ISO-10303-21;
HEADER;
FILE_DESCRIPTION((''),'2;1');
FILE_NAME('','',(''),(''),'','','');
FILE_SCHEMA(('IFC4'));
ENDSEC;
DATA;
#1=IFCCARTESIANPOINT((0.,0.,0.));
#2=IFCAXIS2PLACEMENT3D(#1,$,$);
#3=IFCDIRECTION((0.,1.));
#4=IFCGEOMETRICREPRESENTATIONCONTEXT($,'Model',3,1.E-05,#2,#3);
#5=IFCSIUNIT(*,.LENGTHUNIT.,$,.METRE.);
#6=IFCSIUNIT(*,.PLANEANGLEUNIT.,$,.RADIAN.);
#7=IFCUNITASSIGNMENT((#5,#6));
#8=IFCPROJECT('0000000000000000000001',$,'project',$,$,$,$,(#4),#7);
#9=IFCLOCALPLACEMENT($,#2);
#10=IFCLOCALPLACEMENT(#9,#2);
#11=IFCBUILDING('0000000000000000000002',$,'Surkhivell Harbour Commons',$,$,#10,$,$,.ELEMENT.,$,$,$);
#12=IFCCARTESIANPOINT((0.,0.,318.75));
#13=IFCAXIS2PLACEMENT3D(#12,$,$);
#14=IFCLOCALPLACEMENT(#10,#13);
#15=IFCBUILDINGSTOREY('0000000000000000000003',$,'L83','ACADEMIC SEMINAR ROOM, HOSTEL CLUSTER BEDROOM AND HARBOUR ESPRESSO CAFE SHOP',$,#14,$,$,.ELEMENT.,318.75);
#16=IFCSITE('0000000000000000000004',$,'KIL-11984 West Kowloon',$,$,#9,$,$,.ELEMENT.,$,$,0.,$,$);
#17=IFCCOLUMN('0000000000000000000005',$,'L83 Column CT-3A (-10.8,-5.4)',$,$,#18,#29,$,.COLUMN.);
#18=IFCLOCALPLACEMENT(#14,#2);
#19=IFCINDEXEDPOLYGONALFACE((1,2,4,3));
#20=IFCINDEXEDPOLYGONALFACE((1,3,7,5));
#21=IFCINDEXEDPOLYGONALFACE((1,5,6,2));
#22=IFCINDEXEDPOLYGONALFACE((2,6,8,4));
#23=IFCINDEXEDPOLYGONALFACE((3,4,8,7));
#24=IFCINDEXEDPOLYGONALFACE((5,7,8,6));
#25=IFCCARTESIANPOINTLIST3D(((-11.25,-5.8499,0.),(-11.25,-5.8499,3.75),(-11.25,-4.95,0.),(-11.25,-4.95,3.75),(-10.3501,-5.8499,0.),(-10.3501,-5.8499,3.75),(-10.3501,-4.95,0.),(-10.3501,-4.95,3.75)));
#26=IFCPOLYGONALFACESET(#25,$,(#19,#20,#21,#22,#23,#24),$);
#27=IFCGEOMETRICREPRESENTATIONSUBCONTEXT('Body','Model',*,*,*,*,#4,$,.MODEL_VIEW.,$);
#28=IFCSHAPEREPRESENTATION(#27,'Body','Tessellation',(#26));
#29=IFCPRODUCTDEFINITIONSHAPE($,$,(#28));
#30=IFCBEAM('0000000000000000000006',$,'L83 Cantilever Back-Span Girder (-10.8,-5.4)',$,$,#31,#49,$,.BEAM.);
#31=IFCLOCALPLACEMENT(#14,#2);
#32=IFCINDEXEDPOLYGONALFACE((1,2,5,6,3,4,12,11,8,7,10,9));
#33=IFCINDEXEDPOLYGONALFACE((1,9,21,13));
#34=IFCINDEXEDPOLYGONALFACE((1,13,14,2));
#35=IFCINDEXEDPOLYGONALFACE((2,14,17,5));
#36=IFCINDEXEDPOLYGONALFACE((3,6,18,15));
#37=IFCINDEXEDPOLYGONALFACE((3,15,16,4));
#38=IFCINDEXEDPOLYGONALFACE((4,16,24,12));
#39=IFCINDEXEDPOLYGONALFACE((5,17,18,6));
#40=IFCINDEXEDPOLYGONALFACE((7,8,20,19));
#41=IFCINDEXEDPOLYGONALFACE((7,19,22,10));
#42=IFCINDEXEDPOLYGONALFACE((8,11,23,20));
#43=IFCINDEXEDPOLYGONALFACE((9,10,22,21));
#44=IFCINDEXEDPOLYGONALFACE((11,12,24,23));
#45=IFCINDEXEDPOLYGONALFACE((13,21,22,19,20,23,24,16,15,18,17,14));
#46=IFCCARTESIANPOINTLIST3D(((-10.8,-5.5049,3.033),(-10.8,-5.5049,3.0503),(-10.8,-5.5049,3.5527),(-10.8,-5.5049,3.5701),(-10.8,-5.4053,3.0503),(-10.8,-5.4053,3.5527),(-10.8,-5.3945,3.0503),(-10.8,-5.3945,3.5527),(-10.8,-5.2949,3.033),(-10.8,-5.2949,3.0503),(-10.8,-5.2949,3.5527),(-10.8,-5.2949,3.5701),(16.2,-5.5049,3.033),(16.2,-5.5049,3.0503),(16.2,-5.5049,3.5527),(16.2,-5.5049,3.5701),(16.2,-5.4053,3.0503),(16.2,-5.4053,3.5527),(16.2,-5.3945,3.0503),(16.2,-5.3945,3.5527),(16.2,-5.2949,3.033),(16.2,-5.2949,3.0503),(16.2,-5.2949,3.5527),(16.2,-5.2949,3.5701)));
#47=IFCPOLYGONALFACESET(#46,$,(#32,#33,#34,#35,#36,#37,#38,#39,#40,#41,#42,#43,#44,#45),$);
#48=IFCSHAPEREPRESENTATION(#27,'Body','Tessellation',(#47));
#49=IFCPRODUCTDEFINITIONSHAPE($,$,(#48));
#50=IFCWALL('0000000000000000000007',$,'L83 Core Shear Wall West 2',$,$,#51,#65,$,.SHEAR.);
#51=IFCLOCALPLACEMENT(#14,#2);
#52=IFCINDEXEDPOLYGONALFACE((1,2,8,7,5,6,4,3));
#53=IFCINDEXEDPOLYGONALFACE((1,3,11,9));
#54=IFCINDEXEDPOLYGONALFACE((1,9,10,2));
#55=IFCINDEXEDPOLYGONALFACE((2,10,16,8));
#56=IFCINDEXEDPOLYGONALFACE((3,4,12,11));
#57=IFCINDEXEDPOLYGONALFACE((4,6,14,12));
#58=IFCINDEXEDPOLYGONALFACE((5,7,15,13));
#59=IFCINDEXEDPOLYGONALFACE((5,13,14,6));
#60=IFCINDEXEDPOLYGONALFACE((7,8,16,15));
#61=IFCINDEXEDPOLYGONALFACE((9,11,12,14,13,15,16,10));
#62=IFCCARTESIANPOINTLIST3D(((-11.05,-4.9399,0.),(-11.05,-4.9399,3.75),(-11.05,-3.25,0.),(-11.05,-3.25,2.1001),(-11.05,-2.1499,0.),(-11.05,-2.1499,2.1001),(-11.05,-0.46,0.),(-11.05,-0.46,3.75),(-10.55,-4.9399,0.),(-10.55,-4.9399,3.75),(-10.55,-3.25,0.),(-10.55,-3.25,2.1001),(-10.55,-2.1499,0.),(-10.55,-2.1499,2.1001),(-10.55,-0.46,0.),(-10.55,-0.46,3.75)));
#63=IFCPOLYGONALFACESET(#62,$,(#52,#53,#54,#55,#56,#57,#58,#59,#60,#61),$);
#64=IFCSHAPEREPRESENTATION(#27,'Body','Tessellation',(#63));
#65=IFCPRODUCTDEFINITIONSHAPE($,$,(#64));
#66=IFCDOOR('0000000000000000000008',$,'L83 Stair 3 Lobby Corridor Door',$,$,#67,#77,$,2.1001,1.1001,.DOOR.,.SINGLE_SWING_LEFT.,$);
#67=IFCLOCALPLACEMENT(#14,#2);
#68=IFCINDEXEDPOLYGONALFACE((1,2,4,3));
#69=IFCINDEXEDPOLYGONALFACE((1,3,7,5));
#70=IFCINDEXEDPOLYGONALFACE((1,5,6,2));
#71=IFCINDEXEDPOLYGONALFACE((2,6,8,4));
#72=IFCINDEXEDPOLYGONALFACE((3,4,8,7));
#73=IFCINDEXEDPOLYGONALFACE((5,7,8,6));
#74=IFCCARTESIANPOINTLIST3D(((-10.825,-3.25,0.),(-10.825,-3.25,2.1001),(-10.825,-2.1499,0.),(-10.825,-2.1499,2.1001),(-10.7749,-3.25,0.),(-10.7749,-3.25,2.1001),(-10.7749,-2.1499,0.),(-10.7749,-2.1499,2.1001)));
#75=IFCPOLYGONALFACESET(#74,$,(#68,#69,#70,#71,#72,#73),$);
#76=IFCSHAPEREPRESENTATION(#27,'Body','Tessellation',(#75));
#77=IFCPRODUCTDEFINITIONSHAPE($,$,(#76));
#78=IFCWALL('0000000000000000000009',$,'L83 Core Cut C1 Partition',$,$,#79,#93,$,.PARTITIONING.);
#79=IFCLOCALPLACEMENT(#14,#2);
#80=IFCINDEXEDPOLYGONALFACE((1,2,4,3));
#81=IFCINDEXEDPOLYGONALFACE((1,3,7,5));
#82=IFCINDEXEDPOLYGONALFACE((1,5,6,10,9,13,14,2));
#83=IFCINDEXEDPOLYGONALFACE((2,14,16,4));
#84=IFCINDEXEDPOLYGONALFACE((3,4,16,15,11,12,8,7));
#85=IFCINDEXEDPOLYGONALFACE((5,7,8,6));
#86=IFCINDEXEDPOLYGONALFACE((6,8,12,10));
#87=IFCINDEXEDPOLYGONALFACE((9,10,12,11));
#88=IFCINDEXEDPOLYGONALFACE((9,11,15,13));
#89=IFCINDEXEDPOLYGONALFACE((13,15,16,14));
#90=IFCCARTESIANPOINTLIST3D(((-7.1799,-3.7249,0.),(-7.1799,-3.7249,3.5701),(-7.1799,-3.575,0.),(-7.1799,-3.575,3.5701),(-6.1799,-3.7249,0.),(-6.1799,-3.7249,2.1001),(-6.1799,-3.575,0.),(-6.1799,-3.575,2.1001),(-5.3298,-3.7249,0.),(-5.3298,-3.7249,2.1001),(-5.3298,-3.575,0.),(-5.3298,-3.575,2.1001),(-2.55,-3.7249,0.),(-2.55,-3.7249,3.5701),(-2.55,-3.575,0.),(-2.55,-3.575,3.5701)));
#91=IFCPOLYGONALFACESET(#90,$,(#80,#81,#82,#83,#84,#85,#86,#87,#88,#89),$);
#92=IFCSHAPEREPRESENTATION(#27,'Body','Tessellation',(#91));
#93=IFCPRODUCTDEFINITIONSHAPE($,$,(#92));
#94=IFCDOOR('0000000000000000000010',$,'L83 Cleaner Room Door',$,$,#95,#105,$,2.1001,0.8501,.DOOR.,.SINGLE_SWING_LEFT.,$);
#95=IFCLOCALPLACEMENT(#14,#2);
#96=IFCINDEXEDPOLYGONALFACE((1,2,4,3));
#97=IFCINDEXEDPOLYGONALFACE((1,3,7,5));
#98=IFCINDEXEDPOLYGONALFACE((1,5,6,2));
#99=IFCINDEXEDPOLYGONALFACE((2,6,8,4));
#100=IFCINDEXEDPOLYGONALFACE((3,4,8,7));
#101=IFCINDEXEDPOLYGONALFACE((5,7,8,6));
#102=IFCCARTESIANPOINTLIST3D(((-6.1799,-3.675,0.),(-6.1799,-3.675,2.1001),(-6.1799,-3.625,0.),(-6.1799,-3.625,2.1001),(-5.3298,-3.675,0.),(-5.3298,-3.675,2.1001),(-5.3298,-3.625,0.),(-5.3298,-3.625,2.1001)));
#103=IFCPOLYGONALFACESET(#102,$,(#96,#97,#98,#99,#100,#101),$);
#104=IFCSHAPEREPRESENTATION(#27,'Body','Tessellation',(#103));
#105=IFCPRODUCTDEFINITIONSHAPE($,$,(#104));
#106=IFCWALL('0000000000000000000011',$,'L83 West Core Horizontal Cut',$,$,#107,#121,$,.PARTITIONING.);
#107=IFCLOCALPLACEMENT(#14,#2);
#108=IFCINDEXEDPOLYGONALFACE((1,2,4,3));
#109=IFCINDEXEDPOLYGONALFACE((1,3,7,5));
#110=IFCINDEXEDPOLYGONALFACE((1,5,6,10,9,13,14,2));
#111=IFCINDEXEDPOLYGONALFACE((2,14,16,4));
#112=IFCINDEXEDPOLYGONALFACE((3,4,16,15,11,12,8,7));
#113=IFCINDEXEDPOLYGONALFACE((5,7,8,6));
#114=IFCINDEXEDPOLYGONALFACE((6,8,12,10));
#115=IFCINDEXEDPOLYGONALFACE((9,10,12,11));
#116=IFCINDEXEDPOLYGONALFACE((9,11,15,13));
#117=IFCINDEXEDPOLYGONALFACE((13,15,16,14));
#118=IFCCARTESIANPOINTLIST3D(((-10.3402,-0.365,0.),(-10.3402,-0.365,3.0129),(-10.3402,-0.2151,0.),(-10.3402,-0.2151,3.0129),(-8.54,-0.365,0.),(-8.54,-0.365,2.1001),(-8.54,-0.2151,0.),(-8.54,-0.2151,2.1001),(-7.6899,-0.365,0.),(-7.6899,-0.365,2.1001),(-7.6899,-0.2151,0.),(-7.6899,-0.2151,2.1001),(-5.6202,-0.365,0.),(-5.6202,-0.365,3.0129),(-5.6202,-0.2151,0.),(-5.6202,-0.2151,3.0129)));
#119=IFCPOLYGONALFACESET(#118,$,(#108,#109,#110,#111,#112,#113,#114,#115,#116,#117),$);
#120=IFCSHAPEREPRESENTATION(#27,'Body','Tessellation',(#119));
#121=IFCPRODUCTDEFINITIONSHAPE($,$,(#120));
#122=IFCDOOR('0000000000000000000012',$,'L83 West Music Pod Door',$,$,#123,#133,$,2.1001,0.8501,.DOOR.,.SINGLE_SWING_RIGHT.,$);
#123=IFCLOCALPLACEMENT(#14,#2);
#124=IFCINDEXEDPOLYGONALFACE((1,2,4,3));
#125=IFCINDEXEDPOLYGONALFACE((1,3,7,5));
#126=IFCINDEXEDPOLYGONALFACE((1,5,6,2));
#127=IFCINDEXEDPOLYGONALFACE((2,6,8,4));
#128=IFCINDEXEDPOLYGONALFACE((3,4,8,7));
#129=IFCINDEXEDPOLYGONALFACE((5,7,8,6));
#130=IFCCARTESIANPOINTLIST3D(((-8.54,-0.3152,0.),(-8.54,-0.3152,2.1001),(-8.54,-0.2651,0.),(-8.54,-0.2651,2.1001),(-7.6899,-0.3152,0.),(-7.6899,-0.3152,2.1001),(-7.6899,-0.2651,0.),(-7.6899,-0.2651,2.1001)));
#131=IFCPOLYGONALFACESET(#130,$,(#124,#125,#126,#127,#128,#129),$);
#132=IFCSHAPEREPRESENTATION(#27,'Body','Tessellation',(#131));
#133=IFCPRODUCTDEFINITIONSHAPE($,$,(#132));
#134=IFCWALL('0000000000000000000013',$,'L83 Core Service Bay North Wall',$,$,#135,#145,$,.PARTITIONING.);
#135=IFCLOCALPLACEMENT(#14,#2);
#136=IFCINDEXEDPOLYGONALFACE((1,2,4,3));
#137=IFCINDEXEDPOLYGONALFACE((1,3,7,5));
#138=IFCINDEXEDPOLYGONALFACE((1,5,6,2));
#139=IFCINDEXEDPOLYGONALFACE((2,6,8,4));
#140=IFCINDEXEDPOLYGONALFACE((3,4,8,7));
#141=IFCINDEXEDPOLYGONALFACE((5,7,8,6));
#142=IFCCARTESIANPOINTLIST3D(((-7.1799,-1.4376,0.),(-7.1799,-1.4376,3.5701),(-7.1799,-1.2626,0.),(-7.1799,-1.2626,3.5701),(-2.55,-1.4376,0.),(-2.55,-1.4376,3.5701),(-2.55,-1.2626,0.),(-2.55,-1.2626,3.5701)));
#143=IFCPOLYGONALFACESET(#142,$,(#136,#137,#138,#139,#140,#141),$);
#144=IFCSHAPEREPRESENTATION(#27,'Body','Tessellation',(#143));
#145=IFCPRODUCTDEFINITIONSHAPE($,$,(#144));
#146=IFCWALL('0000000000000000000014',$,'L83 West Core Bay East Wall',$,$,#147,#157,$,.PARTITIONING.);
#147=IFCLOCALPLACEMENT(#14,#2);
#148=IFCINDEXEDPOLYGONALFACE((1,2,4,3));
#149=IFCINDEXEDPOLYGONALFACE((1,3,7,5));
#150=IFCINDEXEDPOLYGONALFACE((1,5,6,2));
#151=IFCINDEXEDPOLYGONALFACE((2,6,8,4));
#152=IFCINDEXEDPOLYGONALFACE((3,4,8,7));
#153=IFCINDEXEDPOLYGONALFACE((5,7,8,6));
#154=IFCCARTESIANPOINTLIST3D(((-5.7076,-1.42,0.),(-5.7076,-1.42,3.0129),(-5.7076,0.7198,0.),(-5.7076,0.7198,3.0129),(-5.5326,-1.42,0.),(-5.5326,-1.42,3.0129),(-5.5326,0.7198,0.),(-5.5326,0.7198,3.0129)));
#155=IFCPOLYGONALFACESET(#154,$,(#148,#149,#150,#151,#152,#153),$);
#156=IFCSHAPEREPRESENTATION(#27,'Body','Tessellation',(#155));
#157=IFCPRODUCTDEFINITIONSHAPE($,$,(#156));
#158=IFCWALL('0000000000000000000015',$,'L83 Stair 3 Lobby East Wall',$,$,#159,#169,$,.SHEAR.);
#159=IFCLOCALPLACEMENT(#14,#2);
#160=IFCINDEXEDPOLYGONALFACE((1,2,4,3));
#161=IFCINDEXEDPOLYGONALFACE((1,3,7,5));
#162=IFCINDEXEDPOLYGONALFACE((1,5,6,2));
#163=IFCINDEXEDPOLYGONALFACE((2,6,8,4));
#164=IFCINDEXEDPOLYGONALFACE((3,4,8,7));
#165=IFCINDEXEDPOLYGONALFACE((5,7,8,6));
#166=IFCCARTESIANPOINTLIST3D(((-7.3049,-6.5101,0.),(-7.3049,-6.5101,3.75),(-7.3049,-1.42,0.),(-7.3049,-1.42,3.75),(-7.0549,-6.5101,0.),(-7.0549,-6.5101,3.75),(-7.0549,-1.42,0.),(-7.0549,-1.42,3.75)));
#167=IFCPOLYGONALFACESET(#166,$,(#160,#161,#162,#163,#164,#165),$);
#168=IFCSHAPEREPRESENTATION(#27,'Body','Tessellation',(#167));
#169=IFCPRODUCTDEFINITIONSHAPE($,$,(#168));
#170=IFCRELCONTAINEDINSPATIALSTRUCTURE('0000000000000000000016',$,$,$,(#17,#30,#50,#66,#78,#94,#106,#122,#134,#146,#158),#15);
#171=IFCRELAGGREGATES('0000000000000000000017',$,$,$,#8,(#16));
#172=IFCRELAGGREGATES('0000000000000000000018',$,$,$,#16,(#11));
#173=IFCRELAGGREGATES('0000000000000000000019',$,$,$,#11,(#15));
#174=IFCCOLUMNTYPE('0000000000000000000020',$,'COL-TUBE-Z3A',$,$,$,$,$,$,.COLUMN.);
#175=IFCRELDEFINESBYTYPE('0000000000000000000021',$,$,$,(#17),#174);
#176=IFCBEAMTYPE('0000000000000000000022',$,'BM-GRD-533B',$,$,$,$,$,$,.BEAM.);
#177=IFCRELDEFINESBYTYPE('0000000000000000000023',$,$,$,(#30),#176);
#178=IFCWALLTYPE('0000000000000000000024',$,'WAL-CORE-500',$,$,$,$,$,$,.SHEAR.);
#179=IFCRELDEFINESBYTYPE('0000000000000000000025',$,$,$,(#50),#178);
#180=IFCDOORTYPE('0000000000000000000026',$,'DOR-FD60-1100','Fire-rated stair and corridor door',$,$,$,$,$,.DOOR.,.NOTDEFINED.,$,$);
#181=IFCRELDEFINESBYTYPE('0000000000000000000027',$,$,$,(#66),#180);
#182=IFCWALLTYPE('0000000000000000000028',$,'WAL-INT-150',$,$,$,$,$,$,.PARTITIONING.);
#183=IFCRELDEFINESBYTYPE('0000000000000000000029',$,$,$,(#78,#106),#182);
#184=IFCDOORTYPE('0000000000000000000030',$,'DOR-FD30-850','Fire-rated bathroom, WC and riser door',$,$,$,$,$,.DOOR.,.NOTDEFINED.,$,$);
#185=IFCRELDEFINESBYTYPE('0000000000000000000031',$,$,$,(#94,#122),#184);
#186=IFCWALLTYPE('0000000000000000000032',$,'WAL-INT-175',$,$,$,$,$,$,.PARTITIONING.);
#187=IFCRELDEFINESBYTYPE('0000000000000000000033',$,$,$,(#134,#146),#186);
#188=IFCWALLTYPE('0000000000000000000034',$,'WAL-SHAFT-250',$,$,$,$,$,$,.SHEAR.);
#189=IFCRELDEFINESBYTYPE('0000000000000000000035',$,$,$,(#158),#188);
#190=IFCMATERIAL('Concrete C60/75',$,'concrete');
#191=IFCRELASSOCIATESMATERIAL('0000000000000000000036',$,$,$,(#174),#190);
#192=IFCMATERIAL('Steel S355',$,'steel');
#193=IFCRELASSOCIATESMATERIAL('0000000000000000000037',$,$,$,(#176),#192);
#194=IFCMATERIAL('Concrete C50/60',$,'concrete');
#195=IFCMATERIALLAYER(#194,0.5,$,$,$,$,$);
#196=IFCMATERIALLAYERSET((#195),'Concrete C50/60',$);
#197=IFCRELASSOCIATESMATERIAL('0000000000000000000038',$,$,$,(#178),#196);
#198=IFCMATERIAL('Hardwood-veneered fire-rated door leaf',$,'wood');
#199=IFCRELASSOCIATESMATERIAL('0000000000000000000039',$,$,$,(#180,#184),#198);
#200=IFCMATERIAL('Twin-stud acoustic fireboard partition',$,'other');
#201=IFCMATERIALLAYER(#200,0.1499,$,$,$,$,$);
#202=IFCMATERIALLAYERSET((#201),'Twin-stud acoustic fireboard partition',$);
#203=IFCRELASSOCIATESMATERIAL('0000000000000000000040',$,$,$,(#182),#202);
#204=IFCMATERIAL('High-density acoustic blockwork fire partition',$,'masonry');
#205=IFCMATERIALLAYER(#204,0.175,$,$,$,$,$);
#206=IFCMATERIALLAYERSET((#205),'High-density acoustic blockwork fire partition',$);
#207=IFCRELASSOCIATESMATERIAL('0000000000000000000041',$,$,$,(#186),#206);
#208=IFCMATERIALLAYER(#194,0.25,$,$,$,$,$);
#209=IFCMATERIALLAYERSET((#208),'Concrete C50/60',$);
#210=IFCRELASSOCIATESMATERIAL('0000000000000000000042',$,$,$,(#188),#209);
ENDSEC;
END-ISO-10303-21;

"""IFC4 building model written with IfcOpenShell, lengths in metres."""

from ifc_helpers import new_model, si_unit, direction, frame, frame_2d, origin, origin_2d, place, context, subcontext, project, spatial, rectangle, i_section, extrude, material, layer, layer_set, material_profile, profile_set, type_object, element, fill, save


model = new_model("IFC4")

# Units and contexts
model_context = context("Model", 3, precision=1e-05, world=origin(), true_north=direction((0.0, 1.0)))
body_context = subcontext(model_context, "Body", "Model", "MODEL_VIEW")
ifc_project = project(units=[si_unit("LENGTHUNIT", "METRE"), si_unit("PLANEANGLEUNIT", "RADIAN")], contexts=[model_context])

# Site, building, storey
site_placement = place(None, origin())
site = spatial("IfcSite", under=ifc_project, at=site_placement, Name="KIL-11984 West Kowloon", CompositionType="ELEMENT", RefElevation=0.0)
building_placement = place(site_placement, origin())
building = spatial("IfcBuilding", under=site, at=building_placement, Name="Surkhivell Harbour Commons", CompositionType="ELEMENT")
storey_placement = place(building_placement, frame((0.0, 0.0, 318.75)))
storey = spatial("IfcBuildingStorey", under=building, at=storey_placement, Name="L83", Description="ACADEMIC SEMINAR ROOM, HOSTEL CLUSTER BEDROOM AND HARBOUR ESPRESSO CAFE SHOP", CompositionType="ELEMENT", Elevation=318.75)

# Column
ifc_material_1 = material(Name="Concrete C60/75", Category="concrete")
ifc_material_profile_1 = material_profile(ifc_material_1, rectangle(XDim=0.8999, YDim=0.8999, at=origin_2d()), Name="RC-COL-900x900")
ifc_profile_set_1 = profile_set([ifc_material_profile_1], Name="Concrete C60/75")
column_type = type_object("IfcColumnType", Name="COL-TUBE-Z3A", PredefinedType="COLUMN", material=ifc_profile_set_1)
column_placement = place(storey_placement, frame((-10.8, -5.3999, 0.0), z_axis=(0.0, 0.0, 1.0), x_axis=(1.0, 0.0, 0.0)))
element("IfcColumn", 1, at=column_placement, inside=storey, type_object=column_type, Name="L83 Column CT-3A (-10.8,-5.4)", PredefinedType="COLUMN", context=body_context, shape_type="SweptSolid", body=[
    extrude(rectangle(XDim=0.8999, YDim=0.8999, at=origin_2d()), origin(), (0.0, 0.0, 1.0), 3.75),
])

# Beam
ifc_material_2 = material(Name="Steel S355", Category="steel")
ifc_material_profile_2 = material_profile(ifc_material_2, i_section(OverallWidth=0.21, OverallDepth=0.5371, WebThickness=0.0107, FlangeThickness=0.0173, at=origin_2d()), Name="UB533x210x101")
ifc_profile_set_2 = profile_set([ifc_material_profile_2], Name="Steel S355")
beam_type = type_object("IfcBeamType", Name="BM-GRD-533B", PredefinedType="BEAM", material=ifc_profile_set_2)
beam_placement = place(storey_placement, frame((-10.8, -5.3999, 3.3015), z_axis=(1.0, 0.0, 0.0), x_axis=(0.0, 1.0, 0.0)))
element("IfcBeam", 2, at=beam_placement, inside=storey, type_object=beam_type, Name="L83 Cantilever Back-Span Girder (-10.8,-5.4)", PredefinedType="BEAM", context=body_context, shape_type="SweptSolid", body=[
    extrude(i_section(OverallWidth=0.21, OverallDepth=0.5371, WebThickness=0.0107, FlangeThickness=0.0173, at=origin_2d()), origin(), (0.0, 0.0, 1.0), 27.0),
])

# Walls, openings, doors
ifc_material_3 = material(Name="Concrete C50/60", Category="concrete")
ifc_layer_1 = layer(ifc_material_3, 0.5)
ifc_layer_set_1 = layer_set([ifc_layer_1], Name="Concrete C50/60")
wall_type_1 = type_object("IfcWallType", Name="WAL-CORE-500", PredefinedType="SHEAR", material=ifc_layer_set_1)
wall_1_placement = place(storey_placement, frame((-10.8, -4.9399, 0.0), z_axis=(0.0, 0.0, 1.0), x_axis=(0.0, 1.0, 0.0)))
wall_1 = element("IfcWall", 3, at=wall_1_placement, inside=storey, type_object=wall_type_1, Name="L83 Core Shear Wall West 2", PredefinedType="SHEAR", context=body_context, shape_type="SweptSolid", body=[
    extrude(rectangle(XDim=4.48, YDim=0.5, at=frame_2d((2.24, 0.0))), origin(), (0.0, 0.0, 1.0), 3.75),
])
opening_1_placement = place(wall_1_placement, frame((1.6899, 0.0, 0.0)))
opening_1 = element("IfcOpeningElement", 4, at=opening_1_placement, cuts=wall_1, PredefinedType="OPENING", context=body_context, shape_type="SweptSolid", body=[
    extrude(rectangle(XDim=1.1001, YDim=2.1001, at=frame_2d((0.55, 1.05))), frame((0.0, 0.26, 0.0), z_axis=(0.0, -1.0, 0.0), x_axis=(1.0, 0.0, 0.0)), (0.0, 0.0, 1.0), 0.52),
])
ifc_material_4 = material(Name="Hardwood-veneered fire-rated door leaf", Category="wood")
door_type_1 = type_object("IfcDoorType", Name="DOR-FD60-1100", Description="Fire-rated stair and corridor door", OperationType="NOTDEFINED", PredefinedType="DOOR", material=ifc_material_4)
door_1_placement = place(opening_1_placement, origin())
door_1 = element("IfcDoor", 5, at=door_1_placement, inside=storey, type_object=door_type_1, Name="L83 Stair 3 Lobby Corridor Door", OperationType="SINGLE_SWING_LEFT", OverallHeight=2.1001, OverallWidth=1.1001, PredefinedType="DOOR", context=body_context, shape_type="SweptSolid", body=[
    extrude(rectangle(XDim=1.1001, YDim=2.1001, at=frame_2d((0.55, 1.05))), frame((0.0, 0.0249, 0.0), z_axis=(0.0, -1.0, 0.0), x_axis=(1.0, 0.0, 0.0)), (0.0, 0.0, 1.0), 0.05),
])
fill(opening_1, door_1)
ifc_material_5 = material(Name="Twin-stud acoustic fireboard partition", Category="other")
ifc_layer_2 = layer(ifc_material_5, 0.1499)
ifc_layer_set_2 = layer_set([ifc_layer_2], Name="Twin-stud acoustic fireboard partition")
wall_type_2 = type_object("IfcWallType", Name="WAL-INT-150", PredefinedType="PARTITIONING", material=ifc_layer_set_2)
wall_2_placement = place(storey_placement, frame((-7.1799, -3.6499, 0.0), z_axis=(0.0, 0.0, 1.0), x_axis=(1.0, 0.0, 0.0)))
wall_2 = element("IfcWall", 6, at=wall_2_placement, inside=storey, type_object=wall_type_2, Name="L83 Core Cut C1 Partition", PredefinedType="PARTITIONING", context=body_context, shape_type="SweptSolid", body=[
    extrude(rectangle(XDim=4.6299, YDim=0.1499, at=frame_2d((2.3149, 0.0))), origin(), (0.0, 0.0, 1.0), 3.5701),
])
opening_2_placement = place(wall_2_placement, frame((1.0, 0.0, 0.0)))
opening_2 = element("IfcOpeningElement", 7, at=opening_2_placement, cuts=wall_2, PredefinedType="OPENING", context=body_context, shape_type="SweptSolid", body=[
    extrude(rectangle(XDim=0.8501, YDim=2.1001, at=frame_2d((0.425, 1.05))), frame((0.0, 0.085, 0.0), z_axis=(0.0, -1.0, 0.0), x_axis=(1.0, 0.0, 0.0)), (0.0, 0.0, 1.0), 0.1699),
])
door_type_2 = type_object("IfcDoorType", Name="DOR-FD30-850", Description="Fire-rated bathroom, WC and riser door", OperationType="NOTDEFINED", PredefinedType="DOOR", material=ifc_material_4)
door_2_placement = place(opening_2_placement, origin())
door_2 = element("IfcDoor", 8, at=door_2_placement, inside=storey, type_object=door_type_2, Name="L83 Cleaner Room Door", OperationType="SINGLE_SWING_LEFT", OverallHeight=2.1001, OverallWidth=0.8501, PredefinedType="DOOR", context=body_context, shape_type="SweptSolid", body=[
    extrude(rectangle(XDim=0.8501, YDim=2.1001, at=frame_2d((0.425, 1.05))), frame((0.0, 0.0249, 0.0), z_axis=(0.0, -1.0, 0.0), x_axis=(1.0, 0.0, 0.0)), (0.0, 0.0, 1.0), 0.05),
])
fill(opening_2, door_2)
wall_3_placement = place(storey_placement, frame((-10.3401, -0.29, 0.0), z_axis=(0.0, 0.0, 1.0), x_axis=(1.0, 0.0, 0.0)))
wall_3 = element("IfcWall", 9, at=wall_3_placement, inside=storey, type_object=wall_type_2, Name="L83 West Core Horizontal Cut", PredefinedType="PARTITIONING", context=body_context, shape_type="SweptSolid", body=[
    extrude(rectangle(XDim=4.72, YDim=0.1499, at=frame_2d((2.3599, 0.0))), origin(), (0.0, 0.0, 1.0), 3.0129),
])
opening_3_placement = place(wall_3_placement, frame((1.8, 0.0, 0.0)))
opening_3 = element("IfcOpeningElement", 10, at=opening_3_placement, cuts=wall_3, PredefinedType="OPENING", context=body_context, shape_type="SweptSolid", body=[
    extrude(rectangle(XDim=0.8501, YDim=2.1001, at=frame_2d((0.425, 1.05))), frame((0.0, 0.085, 0.0), z_axis=(0.0, -1.0, 0.0), x_axis=(1.0, 0.0, 0.0)), (0.0, 0.0, 1.0), 0.1699),
])
door_3_placement = place(opening_3_placement, origin())
door_3 = element("IfcDoor", 11, at=door_3_placement, inside=storey, type_object=door_type_2, Name="L83 West Music Pod Door", OperationType="SINGLE_SWING_RIGHT", OverallHeight=2.1001, OverallWidth=0.8501, PredefinedType="DOOR", context=body_context, shape_type="SweptSolid", body=[
    extrude(rectangle(XDim=0.8501, YDim=2.1001, at=frame_2d((0.425, 1.05))), frame((0.0, 0.0249, 0.0), z_axis=(0.0, -1.0, 0.0), x_axis=(1.0, 0.0, 0.0)), (0.0, 0.0, 1.0), 0.05),
])
fill(opening_3, door_3)

# Walls
ifc_material_6 = material(Name="High-density acoustic blockwork fire partition", Category="masonry")
ifc_layer_3 = layer(ifc_material_6, 0.175)
ifc_layer_set_3 = layer_set([ifc_layer_3], Name="High-density acoustic blockwork fire partition")
wall_type_3 = type_object("IfcWallType", Name="WAL-INT-175", PredefinedType="PARTITIONING", material=ifc_layer_set_3)
wall_4_placement = place(storey_placement, frame((-7.1799, -1.3501, 0.0), z_axis=(0.0, 0.0, 1.0), x_axis=(1.0, 0.0, 0.0)))
element("IfcWall", 12, at=wall_4_placement, inside=storey, type_object=wall_type_3, Name="L83 Core Service Bay North Wall", PredefinedType="PARTITIONING", context=body_context, shape_type="SweptSolid", body=[
    extrude(rectangle(XDim=4.6299, YDim=0.175, at=frame_2d((2.3149, 0.0))), origin(), (0.0, 0.0, 1.0), 3.5701),
])
wall_5_placement = place(storey_placement, frame((-5.6201, -1.4199, 0.0), z_axis=(0.0, 0.0, 1.0), x_axis=(0.0, 1.0, 0.0)))
element("IfcWall", 13, at=wall_5_placement, inside=storey, type_object=wall_type_3, Name="L83 West Core Bay East Wall", PredefinedType="PARTITIONING", context=body_context, shape_type="SweptSolid", body=[
    extrude(rectangle(XDim=2.1399, YDim=0.175, at=frame_2d((1.0698, 0.0))), origin(), (0.0, 0.0, 1.0), 3.0129),
])
ifc_layer_4 = layer(ifc_material_3, 0.25)
ifc_layer_set_4 = layer_set([ifc_layer_4], Name="Concrete C50/60")
wall_type_4 = type_object("IfcWallType", Name="WAL-SHAFT-250", PredefinedType="SHEAR", material=ifc_layer_set_4)
wall_6_placement = place(storey_placement, frame((-7.1799, -6.51, 0.0), z_axis=(0.0, 0.0, 1.0), x_axis=(0.0, 1.0, 0.0)))
element("IfcWall", 14, at=wall_6_placement, inside=storey, type_object=wall_type_4, Name="L83 Stair 3 Lobby East Wall", PredefinedType="SHEAR", context=body_context, shape_type="SweptSolid", body=[
    extrude(rectangle(XDim=5.0901, YDim=0.25, at=frame_2d((2.5449, 0.0))), origin(), (0.0, 0.0, 1.0), 3.75),
])

save(model, "model.ifc")
